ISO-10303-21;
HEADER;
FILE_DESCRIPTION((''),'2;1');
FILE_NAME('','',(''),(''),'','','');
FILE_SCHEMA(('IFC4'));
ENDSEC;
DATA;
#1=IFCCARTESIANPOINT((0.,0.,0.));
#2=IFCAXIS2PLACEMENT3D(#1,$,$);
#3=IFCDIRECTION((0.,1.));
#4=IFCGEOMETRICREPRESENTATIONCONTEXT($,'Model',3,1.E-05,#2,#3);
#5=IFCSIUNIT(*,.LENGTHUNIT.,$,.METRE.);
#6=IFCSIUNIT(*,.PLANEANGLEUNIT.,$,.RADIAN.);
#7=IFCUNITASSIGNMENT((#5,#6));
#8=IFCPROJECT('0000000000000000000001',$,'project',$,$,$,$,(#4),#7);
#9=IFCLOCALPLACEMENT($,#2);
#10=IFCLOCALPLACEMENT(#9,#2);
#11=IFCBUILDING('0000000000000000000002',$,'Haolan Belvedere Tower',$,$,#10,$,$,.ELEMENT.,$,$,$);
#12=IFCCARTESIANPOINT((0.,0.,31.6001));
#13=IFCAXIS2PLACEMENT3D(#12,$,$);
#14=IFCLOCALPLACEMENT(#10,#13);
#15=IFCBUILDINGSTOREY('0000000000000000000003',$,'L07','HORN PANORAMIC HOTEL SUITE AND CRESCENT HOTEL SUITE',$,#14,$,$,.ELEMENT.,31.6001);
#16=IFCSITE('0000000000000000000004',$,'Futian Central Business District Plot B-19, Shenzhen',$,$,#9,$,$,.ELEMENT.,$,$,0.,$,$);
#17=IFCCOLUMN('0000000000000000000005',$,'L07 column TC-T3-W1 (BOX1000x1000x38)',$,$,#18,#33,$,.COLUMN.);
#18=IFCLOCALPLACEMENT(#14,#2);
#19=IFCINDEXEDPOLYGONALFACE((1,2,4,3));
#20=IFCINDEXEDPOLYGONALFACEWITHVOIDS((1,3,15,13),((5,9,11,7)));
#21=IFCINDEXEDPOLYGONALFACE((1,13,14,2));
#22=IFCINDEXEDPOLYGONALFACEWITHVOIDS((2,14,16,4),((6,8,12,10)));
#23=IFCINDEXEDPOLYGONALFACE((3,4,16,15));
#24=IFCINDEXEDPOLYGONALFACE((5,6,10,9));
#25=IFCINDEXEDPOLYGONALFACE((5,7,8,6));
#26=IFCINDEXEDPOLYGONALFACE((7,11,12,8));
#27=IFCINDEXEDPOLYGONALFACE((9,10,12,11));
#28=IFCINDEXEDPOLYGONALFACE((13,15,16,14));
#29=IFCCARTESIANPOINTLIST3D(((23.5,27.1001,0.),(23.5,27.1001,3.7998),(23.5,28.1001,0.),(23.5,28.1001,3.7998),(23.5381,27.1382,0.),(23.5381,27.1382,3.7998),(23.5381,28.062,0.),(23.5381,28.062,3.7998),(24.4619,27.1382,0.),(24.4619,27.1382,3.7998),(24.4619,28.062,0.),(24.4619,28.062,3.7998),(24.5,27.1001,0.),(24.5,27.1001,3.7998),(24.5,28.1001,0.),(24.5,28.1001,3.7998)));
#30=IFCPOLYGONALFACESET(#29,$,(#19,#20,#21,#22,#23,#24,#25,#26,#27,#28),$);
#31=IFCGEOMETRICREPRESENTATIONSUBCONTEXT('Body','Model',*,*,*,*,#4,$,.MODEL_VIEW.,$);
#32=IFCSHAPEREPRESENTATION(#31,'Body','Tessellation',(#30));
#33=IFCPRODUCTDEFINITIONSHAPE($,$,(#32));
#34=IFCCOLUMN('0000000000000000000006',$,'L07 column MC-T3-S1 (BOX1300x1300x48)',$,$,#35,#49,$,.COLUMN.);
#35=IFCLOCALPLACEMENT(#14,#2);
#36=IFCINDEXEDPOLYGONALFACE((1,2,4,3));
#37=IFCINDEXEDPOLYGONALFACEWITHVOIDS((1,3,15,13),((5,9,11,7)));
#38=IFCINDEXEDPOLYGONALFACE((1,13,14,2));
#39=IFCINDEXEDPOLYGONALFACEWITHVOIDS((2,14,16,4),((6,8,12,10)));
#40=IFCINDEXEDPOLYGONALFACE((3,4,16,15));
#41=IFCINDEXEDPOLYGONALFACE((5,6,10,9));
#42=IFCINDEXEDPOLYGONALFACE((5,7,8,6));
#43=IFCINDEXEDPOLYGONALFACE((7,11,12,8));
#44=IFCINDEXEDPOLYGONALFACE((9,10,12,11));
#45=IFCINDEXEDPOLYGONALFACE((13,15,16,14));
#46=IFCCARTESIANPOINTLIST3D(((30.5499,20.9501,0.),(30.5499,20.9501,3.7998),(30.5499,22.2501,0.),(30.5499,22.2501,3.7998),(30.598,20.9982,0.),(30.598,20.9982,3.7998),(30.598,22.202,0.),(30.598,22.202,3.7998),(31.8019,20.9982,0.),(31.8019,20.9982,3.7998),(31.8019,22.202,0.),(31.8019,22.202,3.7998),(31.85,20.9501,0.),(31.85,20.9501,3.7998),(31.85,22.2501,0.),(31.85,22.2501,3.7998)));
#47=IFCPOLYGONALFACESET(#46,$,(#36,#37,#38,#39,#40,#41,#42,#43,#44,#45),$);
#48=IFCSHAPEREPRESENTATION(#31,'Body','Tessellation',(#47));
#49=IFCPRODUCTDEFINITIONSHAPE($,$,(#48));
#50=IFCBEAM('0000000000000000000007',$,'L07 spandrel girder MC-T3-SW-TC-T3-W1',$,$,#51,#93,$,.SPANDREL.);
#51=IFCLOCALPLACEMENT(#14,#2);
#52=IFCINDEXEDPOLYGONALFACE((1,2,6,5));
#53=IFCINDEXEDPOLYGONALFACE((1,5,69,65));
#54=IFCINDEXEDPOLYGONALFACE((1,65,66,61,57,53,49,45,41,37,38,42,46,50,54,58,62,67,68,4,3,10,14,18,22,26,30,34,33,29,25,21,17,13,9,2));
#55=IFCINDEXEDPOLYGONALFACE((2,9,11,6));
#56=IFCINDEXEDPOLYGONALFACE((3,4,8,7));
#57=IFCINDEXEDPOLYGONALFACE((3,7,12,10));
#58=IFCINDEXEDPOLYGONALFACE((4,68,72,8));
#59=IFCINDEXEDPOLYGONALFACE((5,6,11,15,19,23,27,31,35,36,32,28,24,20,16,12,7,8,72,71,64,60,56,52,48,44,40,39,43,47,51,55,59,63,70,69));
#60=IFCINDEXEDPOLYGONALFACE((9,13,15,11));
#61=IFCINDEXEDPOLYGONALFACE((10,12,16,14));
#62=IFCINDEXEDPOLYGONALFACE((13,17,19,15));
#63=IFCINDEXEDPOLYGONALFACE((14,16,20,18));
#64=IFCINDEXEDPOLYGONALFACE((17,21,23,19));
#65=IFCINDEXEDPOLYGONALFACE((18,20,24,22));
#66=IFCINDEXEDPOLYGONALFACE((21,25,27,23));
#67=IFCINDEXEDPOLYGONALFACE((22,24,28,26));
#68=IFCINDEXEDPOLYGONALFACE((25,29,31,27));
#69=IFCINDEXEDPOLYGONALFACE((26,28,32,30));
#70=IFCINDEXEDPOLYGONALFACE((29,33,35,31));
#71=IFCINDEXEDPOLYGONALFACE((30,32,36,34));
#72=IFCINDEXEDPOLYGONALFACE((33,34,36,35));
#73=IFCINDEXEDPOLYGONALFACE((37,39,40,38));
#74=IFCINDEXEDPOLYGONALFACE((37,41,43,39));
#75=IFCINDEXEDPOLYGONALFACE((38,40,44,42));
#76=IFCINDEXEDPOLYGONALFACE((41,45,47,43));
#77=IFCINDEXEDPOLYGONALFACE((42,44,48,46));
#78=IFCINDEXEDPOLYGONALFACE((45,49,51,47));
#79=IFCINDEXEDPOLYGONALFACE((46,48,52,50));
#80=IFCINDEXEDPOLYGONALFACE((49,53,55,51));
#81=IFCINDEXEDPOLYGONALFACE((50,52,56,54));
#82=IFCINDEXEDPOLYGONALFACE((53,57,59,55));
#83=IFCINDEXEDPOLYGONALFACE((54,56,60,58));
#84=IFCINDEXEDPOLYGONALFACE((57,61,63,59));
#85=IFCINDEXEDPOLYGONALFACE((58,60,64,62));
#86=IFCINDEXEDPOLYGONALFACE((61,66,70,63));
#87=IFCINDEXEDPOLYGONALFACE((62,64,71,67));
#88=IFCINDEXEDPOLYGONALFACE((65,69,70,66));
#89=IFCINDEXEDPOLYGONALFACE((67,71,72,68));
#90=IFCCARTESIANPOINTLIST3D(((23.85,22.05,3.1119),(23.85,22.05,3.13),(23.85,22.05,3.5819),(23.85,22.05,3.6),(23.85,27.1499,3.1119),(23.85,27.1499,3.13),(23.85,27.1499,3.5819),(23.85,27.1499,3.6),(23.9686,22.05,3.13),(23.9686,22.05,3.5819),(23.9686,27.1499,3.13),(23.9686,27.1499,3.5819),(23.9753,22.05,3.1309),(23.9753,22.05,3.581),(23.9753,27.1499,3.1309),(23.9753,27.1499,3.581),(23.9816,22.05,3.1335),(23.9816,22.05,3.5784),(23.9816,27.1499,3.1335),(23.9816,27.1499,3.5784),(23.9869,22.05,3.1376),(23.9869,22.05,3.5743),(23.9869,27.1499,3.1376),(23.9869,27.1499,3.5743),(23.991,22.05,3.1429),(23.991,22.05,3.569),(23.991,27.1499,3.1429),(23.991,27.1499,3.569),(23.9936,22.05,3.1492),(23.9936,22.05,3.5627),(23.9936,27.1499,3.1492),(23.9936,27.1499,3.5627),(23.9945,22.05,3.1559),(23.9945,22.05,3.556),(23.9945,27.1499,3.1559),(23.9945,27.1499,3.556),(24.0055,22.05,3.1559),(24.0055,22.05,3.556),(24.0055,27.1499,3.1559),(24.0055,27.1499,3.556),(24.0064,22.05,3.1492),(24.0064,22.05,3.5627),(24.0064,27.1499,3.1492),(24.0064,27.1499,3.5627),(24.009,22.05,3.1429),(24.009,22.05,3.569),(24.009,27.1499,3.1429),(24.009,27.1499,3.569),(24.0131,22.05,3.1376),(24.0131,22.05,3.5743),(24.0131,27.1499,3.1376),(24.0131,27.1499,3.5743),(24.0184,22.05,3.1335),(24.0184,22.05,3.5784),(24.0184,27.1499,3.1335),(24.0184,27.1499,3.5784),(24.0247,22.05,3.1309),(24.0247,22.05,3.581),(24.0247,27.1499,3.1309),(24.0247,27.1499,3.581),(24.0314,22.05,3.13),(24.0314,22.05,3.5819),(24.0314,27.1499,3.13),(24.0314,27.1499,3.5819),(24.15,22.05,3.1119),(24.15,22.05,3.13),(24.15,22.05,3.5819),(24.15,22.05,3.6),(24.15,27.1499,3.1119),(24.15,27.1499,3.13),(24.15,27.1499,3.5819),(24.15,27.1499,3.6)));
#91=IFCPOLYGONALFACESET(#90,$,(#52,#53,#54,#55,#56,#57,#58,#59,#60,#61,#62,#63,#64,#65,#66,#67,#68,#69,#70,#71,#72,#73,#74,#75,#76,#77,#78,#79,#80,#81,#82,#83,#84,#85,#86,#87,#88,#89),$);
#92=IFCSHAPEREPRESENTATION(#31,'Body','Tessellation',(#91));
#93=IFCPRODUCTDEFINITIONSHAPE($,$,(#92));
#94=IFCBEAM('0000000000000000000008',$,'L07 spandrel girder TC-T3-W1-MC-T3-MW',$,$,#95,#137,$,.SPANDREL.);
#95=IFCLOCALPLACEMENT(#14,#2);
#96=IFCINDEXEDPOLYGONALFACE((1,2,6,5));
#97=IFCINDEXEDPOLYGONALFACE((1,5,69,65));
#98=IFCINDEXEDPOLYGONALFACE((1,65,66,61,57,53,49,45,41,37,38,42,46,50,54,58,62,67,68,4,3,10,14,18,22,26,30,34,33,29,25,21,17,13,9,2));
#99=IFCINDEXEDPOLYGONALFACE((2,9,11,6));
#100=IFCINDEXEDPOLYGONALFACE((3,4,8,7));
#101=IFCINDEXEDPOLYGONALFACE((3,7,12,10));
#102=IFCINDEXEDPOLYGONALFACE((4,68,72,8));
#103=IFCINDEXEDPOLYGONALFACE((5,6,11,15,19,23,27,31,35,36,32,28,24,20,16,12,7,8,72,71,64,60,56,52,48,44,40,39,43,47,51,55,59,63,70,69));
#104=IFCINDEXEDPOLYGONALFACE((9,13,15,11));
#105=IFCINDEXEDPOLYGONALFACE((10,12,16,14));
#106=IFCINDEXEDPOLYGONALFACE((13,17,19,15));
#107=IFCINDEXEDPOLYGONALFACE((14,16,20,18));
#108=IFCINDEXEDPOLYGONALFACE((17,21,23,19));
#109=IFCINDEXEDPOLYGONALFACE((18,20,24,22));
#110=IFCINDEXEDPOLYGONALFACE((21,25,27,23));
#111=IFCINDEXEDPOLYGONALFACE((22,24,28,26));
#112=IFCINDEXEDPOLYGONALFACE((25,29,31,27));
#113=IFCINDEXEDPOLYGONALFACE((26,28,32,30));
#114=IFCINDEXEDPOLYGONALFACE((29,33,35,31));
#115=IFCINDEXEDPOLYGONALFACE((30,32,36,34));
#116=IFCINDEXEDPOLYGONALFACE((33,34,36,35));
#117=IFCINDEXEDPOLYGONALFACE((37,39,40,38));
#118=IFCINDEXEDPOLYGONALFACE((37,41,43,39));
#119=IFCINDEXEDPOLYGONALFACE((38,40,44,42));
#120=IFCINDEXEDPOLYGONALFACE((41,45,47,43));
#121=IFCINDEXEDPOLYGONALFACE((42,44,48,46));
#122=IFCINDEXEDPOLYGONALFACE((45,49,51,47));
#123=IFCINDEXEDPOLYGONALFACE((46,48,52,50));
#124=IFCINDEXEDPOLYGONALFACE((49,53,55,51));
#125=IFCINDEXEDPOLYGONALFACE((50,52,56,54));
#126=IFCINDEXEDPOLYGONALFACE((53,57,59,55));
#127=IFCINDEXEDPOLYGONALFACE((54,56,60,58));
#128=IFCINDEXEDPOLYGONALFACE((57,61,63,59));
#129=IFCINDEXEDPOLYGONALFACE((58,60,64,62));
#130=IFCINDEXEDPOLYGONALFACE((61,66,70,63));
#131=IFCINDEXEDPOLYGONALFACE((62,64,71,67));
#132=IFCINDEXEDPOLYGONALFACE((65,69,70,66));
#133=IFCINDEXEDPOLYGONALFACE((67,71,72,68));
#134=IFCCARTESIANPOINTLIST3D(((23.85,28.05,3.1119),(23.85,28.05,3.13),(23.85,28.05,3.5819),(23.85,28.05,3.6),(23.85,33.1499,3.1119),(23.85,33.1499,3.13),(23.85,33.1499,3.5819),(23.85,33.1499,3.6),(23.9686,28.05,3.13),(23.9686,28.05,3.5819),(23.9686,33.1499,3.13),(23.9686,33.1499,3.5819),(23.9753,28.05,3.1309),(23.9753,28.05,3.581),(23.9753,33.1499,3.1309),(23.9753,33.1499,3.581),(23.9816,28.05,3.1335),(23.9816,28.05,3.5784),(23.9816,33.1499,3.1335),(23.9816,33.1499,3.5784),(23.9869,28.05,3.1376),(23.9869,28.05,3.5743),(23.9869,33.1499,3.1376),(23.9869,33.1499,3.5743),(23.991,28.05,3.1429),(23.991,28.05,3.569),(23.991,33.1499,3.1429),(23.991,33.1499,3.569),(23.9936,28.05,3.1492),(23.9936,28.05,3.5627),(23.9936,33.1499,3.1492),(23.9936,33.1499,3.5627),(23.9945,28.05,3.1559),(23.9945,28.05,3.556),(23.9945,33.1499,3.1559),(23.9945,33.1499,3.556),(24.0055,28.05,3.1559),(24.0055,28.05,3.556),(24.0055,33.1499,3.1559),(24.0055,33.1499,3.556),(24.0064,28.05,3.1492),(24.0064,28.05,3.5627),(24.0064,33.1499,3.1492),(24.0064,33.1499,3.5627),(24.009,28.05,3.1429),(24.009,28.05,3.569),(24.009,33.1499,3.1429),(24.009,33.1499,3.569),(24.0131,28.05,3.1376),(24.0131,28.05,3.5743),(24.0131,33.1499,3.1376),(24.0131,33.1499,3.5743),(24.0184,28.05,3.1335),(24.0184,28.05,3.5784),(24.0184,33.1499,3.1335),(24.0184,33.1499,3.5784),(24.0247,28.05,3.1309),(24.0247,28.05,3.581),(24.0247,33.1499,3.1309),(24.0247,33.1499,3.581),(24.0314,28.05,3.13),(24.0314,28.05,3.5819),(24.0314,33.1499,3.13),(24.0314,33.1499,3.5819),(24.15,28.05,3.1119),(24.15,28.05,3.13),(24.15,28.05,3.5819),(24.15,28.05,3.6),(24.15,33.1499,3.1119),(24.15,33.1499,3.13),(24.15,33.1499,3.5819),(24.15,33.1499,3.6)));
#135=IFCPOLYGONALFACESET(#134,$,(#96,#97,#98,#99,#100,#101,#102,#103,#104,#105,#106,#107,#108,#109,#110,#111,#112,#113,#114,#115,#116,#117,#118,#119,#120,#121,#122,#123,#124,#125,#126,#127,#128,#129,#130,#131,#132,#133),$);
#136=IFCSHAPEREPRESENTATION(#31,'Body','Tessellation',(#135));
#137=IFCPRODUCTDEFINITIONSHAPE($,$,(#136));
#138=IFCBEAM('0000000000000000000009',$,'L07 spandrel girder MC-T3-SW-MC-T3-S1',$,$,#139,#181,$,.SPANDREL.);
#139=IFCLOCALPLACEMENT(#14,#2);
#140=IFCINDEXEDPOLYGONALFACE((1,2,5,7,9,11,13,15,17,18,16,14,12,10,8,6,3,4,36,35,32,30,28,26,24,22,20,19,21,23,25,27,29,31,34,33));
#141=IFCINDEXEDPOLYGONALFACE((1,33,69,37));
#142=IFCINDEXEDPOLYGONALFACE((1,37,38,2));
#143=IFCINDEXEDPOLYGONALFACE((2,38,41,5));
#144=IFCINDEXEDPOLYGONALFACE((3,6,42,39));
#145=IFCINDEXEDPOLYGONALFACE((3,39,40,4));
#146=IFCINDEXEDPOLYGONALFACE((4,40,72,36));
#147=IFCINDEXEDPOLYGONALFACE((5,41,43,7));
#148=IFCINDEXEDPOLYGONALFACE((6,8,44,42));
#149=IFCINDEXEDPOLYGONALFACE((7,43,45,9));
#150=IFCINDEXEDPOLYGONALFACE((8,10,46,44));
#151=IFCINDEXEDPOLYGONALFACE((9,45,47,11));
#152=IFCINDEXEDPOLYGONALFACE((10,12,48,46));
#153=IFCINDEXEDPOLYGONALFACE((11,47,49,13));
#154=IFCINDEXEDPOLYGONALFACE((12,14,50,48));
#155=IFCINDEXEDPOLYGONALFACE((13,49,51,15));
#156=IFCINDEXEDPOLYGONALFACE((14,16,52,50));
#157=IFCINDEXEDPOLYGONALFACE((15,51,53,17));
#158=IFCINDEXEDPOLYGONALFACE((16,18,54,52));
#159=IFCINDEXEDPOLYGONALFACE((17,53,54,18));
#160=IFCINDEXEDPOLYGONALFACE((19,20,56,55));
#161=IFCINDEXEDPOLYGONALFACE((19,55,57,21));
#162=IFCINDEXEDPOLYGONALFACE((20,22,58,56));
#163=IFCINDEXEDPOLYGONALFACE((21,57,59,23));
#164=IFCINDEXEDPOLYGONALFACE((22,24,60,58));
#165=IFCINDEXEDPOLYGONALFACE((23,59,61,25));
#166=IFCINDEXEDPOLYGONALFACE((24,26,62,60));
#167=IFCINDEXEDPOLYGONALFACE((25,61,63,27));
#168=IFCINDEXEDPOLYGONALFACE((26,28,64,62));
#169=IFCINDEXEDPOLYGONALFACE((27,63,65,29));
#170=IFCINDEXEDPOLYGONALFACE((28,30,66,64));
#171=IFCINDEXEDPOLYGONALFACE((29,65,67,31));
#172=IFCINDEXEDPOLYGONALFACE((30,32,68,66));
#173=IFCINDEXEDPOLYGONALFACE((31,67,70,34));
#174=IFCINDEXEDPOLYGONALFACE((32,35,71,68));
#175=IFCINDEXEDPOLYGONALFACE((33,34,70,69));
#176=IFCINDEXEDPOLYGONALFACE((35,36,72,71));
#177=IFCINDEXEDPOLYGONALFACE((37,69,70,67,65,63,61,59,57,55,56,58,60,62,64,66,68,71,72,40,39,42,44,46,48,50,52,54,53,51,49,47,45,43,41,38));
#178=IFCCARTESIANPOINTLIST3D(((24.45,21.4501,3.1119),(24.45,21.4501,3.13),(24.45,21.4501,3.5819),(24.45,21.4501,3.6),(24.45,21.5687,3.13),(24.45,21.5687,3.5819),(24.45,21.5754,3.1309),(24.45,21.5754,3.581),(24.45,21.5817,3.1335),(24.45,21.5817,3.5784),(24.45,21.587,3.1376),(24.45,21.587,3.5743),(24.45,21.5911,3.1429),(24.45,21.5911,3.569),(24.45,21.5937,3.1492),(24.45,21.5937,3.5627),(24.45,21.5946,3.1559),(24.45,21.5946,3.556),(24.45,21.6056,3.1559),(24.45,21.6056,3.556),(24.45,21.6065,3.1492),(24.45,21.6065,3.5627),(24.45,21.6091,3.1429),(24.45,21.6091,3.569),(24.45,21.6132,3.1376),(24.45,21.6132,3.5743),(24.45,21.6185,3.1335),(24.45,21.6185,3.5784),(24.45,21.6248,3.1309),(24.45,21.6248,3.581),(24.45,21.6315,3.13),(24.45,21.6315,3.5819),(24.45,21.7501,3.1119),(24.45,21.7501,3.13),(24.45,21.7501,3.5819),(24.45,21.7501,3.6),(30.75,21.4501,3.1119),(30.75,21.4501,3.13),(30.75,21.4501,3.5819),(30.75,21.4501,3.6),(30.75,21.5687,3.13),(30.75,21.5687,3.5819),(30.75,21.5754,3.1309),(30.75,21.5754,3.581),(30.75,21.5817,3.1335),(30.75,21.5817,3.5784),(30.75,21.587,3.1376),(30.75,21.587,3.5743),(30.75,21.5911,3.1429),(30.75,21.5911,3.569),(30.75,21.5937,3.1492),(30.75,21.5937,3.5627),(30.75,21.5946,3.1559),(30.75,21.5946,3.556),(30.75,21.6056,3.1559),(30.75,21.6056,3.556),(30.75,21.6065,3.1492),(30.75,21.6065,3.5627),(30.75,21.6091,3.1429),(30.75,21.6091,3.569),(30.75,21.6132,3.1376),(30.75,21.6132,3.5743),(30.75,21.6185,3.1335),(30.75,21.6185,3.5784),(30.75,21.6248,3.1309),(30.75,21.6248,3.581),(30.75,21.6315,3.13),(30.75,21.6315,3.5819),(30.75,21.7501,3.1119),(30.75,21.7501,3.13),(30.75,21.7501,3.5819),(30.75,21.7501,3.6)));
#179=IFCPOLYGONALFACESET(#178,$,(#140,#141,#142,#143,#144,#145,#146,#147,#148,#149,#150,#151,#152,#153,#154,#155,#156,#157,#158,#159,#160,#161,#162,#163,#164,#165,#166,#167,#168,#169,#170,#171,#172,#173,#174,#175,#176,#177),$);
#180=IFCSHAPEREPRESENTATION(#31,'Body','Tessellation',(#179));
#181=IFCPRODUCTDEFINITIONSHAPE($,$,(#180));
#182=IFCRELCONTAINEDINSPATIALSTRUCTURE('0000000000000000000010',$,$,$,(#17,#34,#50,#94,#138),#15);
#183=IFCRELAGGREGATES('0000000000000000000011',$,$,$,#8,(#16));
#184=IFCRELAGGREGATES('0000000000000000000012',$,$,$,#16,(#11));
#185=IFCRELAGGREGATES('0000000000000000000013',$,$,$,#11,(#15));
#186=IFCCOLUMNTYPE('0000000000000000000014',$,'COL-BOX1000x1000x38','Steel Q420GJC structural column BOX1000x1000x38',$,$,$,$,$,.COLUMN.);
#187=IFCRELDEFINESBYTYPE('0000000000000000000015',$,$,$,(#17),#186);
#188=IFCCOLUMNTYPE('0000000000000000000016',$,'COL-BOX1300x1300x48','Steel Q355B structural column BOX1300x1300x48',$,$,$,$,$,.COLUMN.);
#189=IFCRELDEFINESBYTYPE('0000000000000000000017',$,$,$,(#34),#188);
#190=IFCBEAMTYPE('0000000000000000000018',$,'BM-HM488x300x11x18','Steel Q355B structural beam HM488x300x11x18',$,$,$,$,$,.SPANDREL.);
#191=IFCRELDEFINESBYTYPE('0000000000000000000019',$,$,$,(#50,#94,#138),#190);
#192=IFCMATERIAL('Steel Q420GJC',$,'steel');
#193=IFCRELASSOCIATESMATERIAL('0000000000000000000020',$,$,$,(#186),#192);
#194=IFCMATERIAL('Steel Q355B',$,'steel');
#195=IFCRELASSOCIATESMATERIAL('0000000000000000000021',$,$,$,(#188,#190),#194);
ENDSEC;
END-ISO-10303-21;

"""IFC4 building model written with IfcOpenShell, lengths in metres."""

from ifc_helpers import new_model, si_unit, direction, frame, origin, origin_2d, place, context, subcontext, project, spatial, hollow_rectangle, i_section, extrude, material, material_profile, profile_set, type_object, element, save


model = new_model("IFC4")

# Units and contexts
model_context = context("Model", 3, precision=1e-05, world=origin(), true_north=direction((0.0, 1.0)))
body_context = subcontext(model_context, "Body", "Model", "MODEL_VIEW")
ifc_project = project(units=[si_unit("LENGTHUNIT", "METRE"), si_unit("PLANEANGLEUNIT", "RADIAN")], contexts=[model_context])

# Site, building, storey
site_placement = place(None, origin())
site = spatial("IfcSite", under=ifc_project, at=site_placement, Name="Futian Central Business District Plot B-19, Shenzhen", CompositionType="ELEMENT", RefElevation=0.0)
building_placement = place(site_placement, origin())
building = spatial("IfcBuilding", under=site, at=building_placement, Name="Haolan Belvedere Tower", CompositionType="ELEMENT")
storey_placement = place(building_placement, frame((0.0, 0.0, 31.6001)))
storey = spatial("IfcBuildingStorey", under=building, at=storey_placement, Name="L07", Description="HORN PANORAMIC HOTEL SUITE AND CRESCENT HOTEL SUITE", CompositionType="ELEMENT", Elevation=31.6001)

# Columns
ifc_material_1 = material(Name="Steel Q420GJC", Category="steel")
ifc_material_profile_1 = material_profile(ifc_material_1, hollow_rectangle(XDim=1.0, YDim=1.0, WallThickness=0.0381, at=origin_2d()), Name="Steel Q420GJC")
ifc_profile_set_1 = profile_set([ifc_material_profile_1], Name="Steel Q420GJC")
column_type_1 = type_object("IfcColumnType", Name="COL-BOX1000x1000x38", Description="Steel Q420GJC structural column BOX1000x1000x38", PredefinedType="COLUMN", material=ifc_profile_set_1)
column_1_placement = place(storey_placement, frame((24.0, 27.6001, 0.0), z_axis=(0.0, 0.0, 1.0), x_axis=(1.0, 0.0, 0.0)))
element("IfcColumn", 1, at=column_1_placement, inside=storey, type_object=column_type_1, Name="L07 column TC-T3-W1 (BOX1000x1000x38)", PredefinedType="COLUMN", context=body_context, shape_type="SweptSolid", body=[
    extrude(hollow_rectangle(XDim=1.0, YDim=1.0, WallThickness=0.0381, at=origin_2d()), origin(), (0.0, 0.0, 1.0), 3.7998),
])
ifc_material_2 = material(Name="Steel Q355B", Category="steel")
ifc_material_profile_2 = material_profile(ifc_material_2, hollow_rectangle(XDim=1.3, YDim=1.3, WallThickness=0.0481, at=origin_2d()), Name="Steel Q355B")
ifc_profile_set_2 = profile_set([ifc_material_profile_2], Name="Steel Q355B")
column_type_2 = type_object("IfcColumnType", Name="COL-BOX1300x1300x48", Description="Steel Q355B structural column BOX1300x1300x48", PredefinedType="COLUMN", material=ifc_profile_set_2)
column_2_placement = place(storey_placement, frame((31.2, 21.6001, 0.0), z_axis=(0.0, 0.0, 1.0), x_axis=(1.0, 0.0, 0.0)))
element("IfcColumn", 2, at=column_2_placement, inside=storey, type_object=column_type_2, Name="L07 column MC-T3-S1 (BOX1300x1300x48)", PredefinedType="COLUMN", context=body_context, shape_type="SweptSolid", body=[
    extrude(hollow_rectangle(XDim=1.3, YDim=1.3, WallThickness=0.0481, at=origin_2d()), origin(), (0.0, 0.0, 1.0), 3.7998),
])

# Beams
ifc_material_profile_3 = material_profile(ifc_material_2, i_section(OverallWidth=0.3, OverallDepth=0.488, WebThickness=0.011, FlangeThickness=0.0181, FilletRadius=0.0259, at=origin_2d()), Name="Steel Q355B")
ifc_profile_set_3 = profile_set([ifc_material_profile_3], Name="Steel Q355B")
beam_type_1 = type_object("IfcBeamType", Name="BM-HM488x300x11x18", Description="Steel Q355B structural beam HM488x300x11x18", PredefinedType="SPANDREL", material=ifc_profile_set_3)
for number, where, z_axis, x_axis, name in (
    (3, (24.0, 22.05, 3.356), (0.0, 1.0, 0.0), (-1.0, 0.0, 0.0), "L07 spandrel girder MC-T3-SW-TC-T3-W1"),
    (4, (24.0, 28.05, 3.356), (0.0, 1.0, 0.0), (-1.0, 0.0, 0.0), "L07 spandrel girder TC-T3-W1-MC-T3-MW"),
):
    element("IfcBeam", number, at=place(storey_placement, frame(where, z_axis=z_axis, x_axis=x_axis)), inside=storey, type_object=beam_type_1, Name=name, PredefinedType="SPANDREL", context=body_context, shape_type="SweptSolid", body=[
        extrude(i_section(OverallWidth=0.3, OverallDepth=0.488, WebThickness=0.011, FlangeThickness=0.0181, FilletRadius=0.0259, at=origin_2d()), origin(), (0.0, 0.0, 1.0), 5.0999),
    ])
for number, where, z_axis, x_axis, name in (
    (5, (24.45, 21.6001, 3.356), (1.0, 0.0, 0.0), (0.0, 1.0, 0.0), "L07 spandrel girder MC-T3-SW-MC-T3-S1"),
):
    element("IfcBeam", number, at=place(storey_placement, frame(where, z_axis=z_axis, x_axis=x_axis)), inside=storey, type_object=beam_type_1, Name=name, PredefinedType="SPANDREL", context=body_context, shape_type="SweptSolid", body=[
        extrude(i_section(OverallWidth=0.3, OverallDepth=0.488, WebThickness=0.011, FlangeThickness=0.0181, FilletRadius=0.0259, at=origin_2d()), origin(), (0.0, 0.0, 1.0), 6.3),
    ])

save(model, "model.ifc")
